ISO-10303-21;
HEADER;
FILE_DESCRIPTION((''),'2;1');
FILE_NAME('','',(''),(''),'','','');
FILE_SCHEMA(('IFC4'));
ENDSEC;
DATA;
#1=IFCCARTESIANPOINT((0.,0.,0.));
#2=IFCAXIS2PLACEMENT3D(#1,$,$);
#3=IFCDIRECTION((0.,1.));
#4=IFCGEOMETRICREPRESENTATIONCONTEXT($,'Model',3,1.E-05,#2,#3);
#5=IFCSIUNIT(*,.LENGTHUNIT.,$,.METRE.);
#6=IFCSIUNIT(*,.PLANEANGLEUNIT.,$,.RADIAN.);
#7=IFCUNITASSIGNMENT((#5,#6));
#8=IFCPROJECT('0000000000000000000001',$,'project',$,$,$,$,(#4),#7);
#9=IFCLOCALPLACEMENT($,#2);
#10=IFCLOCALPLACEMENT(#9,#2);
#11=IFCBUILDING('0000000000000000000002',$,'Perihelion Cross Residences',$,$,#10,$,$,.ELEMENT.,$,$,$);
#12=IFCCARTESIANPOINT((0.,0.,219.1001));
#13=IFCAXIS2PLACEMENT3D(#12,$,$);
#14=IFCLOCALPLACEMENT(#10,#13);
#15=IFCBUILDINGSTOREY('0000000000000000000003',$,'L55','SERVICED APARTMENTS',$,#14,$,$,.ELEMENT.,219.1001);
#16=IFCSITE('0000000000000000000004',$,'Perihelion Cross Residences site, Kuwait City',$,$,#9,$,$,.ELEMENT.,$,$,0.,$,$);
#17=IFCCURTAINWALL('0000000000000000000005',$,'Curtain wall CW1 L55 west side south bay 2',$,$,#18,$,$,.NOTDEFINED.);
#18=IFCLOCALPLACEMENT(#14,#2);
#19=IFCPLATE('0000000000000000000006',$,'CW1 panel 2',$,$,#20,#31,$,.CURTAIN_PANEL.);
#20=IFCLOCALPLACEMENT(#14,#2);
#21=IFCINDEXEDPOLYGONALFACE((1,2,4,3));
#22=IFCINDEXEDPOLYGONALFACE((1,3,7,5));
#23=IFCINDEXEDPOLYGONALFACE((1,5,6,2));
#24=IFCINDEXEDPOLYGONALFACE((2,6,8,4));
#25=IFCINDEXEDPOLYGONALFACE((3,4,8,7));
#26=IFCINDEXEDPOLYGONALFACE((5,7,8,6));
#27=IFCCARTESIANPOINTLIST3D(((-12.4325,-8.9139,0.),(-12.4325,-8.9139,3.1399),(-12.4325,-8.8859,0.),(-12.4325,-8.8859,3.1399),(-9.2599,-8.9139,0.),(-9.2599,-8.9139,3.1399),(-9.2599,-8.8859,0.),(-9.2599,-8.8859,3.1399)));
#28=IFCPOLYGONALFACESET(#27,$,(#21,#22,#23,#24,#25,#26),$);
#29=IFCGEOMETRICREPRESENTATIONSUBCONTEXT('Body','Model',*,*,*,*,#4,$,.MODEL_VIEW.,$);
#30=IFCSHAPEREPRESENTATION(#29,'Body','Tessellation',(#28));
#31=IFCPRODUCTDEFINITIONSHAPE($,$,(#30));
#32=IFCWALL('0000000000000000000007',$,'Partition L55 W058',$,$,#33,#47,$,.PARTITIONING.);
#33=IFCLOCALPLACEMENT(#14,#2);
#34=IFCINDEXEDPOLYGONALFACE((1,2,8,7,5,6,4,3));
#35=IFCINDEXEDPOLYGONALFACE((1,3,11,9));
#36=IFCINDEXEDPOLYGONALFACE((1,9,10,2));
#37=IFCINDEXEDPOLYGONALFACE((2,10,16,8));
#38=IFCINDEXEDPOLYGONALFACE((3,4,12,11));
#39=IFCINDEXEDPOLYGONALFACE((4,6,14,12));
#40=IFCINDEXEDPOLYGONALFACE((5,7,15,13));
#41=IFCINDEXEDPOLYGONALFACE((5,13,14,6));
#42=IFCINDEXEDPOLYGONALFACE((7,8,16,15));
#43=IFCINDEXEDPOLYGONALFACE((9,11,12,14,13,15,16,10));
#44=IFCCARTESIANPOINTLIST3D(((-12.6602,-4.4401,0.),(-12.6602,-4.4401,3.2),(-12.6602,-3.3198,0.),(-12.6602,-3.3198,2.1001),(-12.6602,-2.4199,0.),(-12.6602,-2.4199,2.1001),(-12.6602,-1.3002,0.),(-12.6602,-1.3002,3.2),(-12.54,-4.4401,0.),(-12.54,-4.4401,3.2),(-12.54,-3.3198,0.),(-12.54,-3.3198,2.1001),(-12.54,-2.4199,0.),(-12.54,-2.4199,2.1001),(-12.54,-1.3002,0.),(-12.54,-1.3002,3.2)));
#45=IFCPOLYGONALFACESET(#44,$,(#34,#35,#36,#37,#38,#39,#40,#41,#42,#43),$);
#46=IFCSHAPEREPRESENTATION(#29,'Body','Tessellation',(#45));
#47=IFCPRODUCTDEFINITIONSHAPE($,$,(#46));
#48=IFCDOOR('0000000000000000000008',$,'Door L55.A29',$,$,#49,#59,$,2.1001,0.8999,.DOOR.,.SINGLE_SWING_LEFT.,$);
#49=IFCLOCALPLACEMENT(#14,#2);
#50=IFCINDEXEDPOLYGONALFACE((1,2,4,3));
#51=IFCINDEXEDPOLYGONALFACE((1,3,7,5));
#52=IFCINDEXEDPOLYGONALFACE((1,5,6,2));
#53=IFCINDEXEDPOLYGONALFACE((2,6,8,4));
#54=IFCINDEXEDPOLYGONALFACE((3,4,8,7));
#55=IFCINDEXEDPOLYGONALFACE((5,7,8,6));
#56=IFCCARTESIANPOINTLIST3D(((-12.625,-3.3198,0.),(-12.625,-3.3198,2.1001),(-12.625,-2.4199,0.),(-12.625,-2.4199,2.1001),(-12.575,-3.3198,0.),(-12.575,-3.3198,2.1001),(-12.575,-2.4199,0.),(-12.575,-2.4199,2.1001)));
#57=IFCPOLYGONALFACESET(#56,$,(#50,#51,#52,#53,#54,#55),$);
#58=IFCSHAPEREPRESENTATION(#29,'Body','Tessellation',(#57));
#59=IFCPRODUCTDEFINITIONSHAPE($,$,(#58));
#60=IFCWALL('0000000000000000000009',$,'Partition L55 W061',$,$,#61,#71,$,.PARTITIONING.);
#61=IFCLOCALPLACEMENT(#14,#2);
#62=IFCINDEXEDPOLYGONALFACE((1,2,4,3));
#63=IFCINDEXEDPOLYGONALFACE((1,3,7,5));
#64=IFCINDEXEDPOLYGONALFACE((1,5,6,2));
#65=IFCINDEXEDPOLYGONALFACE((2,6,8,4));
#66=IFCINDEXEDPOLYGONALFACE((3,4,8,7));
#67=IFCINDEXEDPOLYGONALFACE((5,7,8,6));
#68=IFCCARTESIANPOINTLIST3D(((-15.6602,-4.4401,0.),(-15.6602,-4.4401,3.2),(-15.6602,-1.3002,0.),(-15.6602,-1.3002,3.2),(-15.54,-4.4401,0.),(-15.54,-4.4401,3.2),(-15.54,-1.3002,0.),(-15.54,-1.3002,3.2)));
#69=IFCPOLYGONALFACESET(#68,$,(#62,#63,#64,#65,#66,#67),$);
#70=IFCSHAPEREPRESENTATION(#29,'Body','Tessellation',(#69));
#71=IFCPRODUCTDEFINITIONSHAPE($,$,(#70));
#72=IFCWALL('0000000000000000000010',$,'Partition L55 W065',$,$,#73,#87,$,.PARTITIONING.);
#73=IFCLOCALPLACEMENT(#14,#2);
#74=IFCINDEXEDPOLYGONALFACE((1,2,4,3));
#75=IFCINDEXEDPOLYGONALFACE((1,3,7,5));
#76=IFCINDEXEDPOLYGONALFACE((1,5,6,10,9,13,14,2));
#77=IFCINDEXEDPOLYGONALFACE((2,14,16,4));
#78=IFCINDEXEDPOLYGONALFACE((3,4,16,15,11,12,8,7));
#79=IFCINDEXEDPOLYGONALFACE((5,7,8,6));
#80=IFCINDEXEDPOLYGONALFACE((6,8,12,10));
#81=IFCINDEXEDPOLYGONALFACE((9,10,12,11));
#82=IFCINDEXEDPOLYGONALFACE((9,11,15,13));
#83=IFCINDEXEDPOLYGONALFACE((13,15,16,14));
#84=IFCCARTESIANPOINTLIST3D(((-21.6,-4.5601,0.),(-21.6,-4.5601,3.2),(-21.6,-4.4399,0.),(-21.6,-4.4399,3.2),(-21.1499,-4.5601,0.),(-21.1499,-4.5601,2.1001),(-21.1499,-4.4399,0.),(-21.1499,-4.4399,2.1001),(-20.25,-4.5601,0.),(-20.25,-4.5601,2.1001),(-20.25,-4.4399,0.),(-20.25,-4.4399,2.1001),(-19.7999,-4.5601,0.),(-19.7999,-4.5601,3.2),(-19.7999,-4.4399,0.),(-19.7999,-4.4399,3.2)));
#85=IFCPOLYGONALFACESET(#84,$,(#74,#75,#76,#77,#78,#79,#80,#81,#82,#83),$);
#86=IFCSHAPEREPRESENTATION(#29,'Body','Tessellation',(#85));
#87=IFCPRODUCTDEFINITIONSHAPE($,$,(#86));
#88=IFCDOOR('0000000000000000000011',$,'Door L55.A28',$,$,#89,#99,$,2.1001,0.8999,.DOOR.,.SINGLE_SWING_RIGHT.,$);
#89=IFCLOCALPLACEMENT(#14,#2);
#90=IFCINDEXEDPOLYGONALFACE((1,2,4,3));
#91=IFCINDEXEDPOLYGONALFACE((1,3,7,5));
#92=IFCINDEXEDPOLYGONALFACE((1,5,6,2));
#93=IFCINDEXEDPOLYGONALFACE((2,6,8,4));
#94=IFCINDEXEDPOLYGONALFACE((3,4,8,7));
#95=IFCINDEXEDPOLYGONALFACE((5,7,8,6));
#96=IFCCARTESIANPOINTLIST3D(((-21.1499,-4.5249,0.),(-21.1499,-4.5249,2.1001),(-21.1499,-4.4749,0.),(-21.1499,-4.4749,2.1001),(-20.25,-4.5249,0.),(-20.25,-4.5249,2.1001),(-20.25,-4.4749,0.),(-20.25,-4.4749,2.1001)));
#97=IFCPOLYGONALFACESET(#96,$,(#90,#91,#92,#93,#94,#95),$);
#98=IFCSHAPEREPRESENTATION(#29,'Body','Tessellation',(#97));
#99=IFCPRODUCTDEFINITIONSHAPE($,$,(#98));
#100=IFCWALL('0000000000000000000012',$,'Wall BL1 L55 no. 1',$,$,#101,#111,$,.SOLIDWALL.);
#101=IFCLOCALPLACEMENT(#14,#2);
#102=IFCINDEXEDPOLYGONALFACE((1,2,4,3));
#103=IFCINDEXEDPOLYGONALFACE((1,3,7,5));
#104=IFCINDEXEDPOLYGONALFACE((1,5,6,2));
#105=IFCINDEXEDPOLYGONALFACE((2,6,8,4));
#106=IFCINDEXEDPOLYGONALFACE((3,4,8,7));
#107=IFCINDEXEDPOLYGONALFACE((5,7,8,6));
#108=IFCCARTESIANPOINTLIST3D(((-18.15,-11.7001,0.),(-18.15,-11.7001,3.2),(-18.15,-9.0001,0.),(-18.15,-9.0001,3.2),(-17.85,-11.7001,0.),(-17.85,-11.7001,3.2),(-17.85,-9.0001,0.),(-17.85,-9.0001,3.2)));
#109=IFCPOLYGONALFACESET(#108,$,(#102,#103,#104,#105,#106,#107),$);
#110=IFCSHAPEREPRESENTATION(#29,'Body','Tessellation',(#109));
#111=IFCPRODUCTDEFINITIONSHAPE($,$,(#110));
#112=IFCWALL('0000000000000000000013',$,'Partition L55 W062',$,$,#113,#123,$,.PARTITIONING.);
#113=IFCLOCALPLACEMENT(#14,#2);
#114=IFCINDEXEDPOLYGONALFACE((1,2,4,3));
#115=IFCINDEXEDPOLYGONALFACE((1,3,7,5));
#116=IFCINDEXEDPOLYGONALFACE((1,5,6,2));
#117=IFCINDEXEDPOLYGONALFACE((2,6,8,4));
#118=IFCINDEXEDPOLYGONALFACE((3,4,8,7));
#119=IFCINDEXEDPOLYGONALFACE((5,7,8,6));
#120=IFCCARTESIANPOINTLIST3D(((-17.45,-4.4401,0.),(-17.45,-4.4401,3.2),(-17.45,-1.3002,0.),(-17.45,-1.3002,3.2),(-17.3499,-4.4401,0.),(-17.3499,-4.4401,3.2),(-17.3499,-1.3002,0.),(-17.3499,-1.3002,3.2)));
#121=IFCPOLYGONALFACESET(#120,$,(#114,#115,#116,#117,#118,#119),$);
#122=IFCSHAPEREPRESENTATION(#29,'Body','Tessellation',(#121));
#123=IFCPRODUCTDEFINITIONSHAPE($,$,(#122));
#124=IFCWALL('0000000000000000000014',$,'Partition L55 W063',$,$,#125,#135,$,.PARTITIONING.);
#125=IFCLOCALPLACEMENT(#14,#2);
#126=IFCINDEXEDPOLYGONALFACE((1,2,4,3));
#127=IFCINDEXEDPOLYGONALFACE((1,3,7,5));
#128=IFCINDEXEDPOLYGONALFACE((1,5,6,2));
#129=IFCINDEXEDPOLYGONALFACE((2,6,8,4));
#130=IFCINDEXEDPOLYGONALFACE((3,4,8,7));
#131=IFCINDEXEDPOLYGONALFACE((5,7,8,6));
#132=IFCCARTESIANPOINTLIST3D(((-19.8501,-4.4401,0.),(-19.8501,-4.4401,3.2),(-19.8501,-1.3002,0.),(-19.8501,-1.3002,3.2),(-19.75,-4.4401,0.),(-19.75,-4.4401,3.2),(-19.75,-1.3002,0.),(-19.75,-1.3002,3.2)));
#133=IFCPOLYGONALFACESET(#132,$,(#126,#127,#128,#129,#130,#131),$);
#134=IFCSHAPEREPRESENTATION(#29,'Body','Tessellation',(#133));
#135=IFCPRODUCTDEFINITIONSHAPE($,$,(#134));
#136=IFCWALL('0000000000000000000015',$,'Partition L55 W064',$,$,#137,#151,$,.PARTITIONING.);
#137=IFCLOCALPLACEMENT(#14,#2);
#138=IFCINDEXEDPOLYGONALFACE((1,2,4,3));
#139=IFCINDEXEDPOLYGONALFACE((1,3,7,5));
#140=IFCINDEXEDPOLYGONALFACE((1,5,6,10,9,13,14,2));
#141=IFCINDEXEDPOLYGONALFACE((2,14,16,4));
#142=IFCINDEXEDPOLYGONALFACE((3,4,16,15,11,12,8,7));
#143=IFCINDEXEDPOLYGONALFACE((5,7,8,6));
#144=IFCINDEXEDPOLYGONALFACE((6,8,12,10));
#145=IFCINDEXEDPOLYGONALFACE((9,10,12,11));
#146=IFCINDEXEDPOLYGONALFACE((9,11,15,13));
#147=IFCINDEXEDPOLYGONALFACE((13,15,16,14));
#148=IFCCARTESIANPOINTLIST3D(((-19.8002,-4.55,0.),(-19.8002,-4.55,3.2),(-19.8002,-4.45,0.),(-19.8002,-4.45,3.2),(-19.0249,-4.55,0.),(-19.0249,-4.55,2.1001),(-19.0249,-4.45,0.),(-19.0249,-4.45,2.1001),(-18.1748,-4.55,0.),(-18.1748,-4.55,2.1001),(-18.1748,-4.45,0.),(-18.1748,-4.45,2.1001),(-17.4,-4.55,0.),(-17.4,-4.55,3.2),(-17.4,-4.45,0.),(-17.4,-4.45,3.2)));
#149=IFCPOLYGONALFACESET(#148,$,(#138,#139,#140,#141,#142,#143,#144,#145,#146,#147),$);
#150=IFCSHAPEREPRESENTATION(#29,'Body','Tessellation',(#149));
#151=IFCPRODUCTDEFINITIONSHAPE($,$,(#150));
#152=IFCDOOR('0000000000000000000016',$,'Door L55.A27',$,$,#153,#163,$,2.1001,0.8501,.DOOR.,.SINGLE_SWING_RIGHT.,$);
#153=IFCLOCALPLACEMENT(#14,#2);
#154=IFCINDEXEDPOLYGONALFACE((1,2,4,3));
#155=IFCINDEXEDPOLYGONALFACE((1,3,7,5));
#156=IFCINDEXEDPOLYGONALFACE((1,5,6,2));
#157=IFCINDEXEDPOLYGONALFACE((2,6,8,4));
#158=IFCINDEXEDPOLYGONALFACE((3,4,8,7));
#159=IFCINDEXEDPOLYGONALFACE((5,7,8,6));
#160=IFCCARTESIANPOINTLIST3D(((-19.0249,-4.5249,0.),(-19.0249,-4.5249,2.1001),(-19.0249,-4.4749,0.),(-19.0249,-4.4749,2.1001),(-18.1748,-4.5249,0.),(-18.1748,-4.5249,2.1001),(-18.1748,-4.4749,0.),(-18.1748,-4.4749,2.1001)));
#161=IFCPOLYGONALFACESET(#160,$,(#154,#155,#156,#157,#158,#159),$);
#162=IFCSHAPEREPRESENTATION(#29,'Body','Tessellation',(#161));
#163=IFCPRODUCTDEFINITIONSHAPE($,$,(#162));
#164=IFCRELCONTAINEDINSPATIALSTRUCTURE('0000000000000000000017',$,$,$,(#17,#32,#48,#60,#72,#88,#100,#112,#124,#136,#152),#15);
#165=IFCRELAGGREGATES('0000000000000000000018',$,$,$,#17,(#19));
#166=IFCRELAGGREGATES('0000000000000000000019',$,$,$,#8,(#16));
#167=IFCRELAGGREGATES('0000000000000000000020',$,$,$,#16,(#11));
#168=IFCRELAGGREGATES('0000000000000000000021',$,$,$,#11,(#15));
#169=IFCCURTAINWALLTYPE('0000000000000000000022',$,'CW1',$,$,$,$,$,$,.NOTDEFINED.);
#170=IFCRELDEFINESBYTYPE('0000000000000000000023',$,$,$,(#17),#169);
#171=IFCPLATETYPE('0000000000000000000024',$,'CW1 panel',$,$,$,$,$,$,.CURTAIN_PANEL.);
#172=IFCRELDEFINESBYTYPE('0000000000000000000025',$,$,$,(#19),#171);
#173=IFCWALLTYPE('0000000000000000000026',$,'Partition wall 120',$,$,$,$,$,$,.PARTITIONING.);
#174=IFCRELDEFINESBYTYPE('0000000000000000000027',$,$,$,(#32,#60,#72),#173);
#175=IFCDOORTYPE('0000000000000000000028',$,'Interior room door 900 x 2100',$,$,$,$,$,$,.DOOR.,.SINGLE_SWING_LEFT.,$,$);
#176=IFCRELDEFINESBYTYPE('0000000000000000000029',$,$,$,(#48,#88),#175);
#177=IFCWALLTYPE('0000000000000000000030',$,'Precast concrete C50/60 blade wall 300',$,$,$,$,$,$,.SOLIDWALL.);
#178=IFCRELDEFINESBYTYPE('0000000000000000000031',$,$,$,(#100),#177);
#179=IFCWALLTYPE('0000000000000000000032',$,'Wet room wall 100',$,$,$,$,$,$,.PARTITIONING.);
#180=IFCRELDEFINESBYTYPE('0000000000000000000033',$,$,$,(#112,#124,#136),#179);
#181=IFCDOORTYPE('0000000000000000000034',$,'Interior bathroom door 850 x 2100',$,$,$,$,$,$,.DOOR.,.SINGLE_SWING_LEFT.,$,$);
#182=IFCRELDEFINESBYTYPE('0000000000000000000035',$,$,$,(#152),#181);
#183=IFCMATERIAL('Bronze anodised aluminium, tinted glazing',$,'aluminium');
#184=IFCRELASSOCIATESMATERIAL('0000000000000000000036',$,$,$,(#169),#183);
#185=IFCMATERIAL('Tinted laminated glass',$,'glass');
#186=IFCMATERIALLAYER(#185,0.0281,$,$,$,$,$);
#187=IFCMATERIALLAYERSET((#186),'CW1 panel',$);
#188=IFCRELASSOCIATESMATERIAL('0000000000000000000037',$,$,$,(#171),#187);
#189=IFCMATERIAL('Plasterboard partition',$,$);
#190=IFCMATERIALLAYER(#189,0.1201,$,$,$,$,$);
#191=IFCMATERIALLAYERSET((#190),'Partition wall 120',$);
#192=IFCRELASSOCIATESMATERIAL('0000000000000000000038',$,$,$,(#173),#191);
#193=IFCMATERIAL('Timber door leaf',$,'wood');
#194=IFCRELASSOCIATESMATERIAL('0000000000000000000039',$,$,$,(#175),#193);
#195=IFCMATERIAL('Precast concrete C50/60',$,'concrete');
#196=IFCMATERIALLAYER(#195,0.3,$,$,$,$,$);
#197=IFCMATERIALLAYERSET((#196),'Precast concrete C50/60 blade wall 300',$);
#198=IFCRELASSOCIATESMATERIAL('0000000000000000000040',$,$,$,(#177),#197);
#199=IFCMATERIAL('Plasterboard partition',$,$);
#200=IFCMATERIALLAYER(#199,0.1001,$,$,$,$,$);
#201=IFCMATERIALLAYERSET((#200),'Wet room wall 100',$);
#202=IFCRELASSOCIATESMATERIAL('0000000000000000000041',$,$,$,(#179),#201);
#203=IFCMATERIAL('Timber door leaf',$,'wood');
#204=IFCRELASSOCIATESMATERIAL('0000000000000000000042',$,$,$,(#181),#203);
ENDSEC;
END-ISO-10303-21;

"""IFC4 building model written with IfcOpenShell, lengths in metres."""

from ifc_helpers import new_model, si_unit, direction, frame, frame_2d, origin, origin_2d, place, context, subcontext, project, spatial, rectangle, extrude, material, layer, layer_set, type_object, element, fill, aggregate, save


model = new_model("IFC4")

# Units and contexts
model_context = context("Model", 3, precision=1e-05, world=origin(), true_north=direction((0.0, 1.0)))
body_context = subcontext(model_context, "Body", "Model", "MODEL_VIEW")
ifc_project = project(units=[si_unit("LENGTHUNIT", "METRE"), si_unit("PLANEANGLEUNIT", "RADIAN")], contexts=[model_context])

# Site, building, storey
site_placement = place(None, origin())
site = spatial("IfcSite", under=ifc_project, at=site_placement, Name="Perihelion Cross Residences site, Kuwait City", CompositionType="ELEMENT", RefElevation=0.0)
building_placement = place(site_placement, origin())
building = spatial("IfcBuilding", under=site, at=building_placement, Name="Perihelion Cross Residences", CompositionType="ELEMENT")
storey_placement = place(building_placement, frame((0.0, 0.0, 219.1001)))
storey = spatial("IfcBuildingStorey", under=building, at=storey_placement, Name="L55", Description="SERVICED APARTMENTS", CompositionType="ELEMENT", Elevation=219.1001)

# Curtain wall
ifc_material_1 = material(Name="Bronze anodised aluminium, tinted glazing", Category="aluminium")
curtain_wall_type = type_object("IfcCurtainWallType", Name="CW1", PredefinedType="NOTDEFINED", material=ifc_material_1)
curtain_wall_placement = place(storey_placement, origin())
curtain_wall = element("IfcCurtainWall", 1, at=curtain_wall_placement, inside=storey, type_object=curtain_wall_type, Name="Curtain wall CW1 L55 west side south bay 2", PredefinedType="NOTDEFINED")

# Plate
ifc_material_2 = material(Name="Tinted laminated glass", Category="glass")
ifc_layer_1 = layer(ifc_material_2, 0.0281)
ifc_layer_set_1 = layer_set([ifc_layer_1], Name="CW1 panel")
plate_type = type_object("IfcPlateType", Name="CW1 panel", PredefinedType="CURTAIN_PANEL", material=ifc_layer_set_1)
plate_1_placement = place(storey_placement, frame((-10.8462, -8.8999, 0.0), z_axis=(0.0, 0.0, 1.0), x_axis=(1.0, 0.0, 0.0)))
plate_1 = element("IfcPlate", 2, at=plate_1_placement, type_object=plate_type, Name="CW1 panel 2", PredefinedType="CURTAIN_PANEL", context=body_context, shape_type="SweptSolid", body=[
    extrude(rectangle(XDim=3.1726, YDim=0.0281, at=origin_2d()), origin(), (0.0, 0.0, 1.0), 3.1399),
])
aggregate(curtain_wall, [plate_1])

# Wall, opening, door
ifc_material_3 = material(Name="Plasterboard partition")
ifc_layer_2 = layer(ifc_material_3, 0.1201)
ifc_layer_set_2 = layer_set([ifc_layer_2], Name="Partition wall 120")
wall_type_1 = type_object("IfcWallType", Name="Partition wall 120", PredefinedType="PARTITIONING", material=ifc_layer_set_2)
wall_1_placement = place(storey_placement, frame((-12.6001, -4.4399, 0.0), z_axis=(0.0, 0.0, 1.0), x_axis=(0.0, 1.0, 0.0)))
wall_1 = element("IfcWall", 3, at=wall_1_placement, inside=storey, type_object=wall_type_1, Name="Partition L55 W058", PredefinedType="PARTITIONING", context=body_context, shape_type="SweptSolid", body=[
    extrude(rectangle(XDim=3.1399, YDim=0.1201, at=frame_2d((1.5698, 0.0))), origin(), (0.0, 0.0, 1.0), 3.2),
])
opening_1_placement = place(wall_1_placement, frame((1.1201, 0.0, 0.0)))
opening_1 = element("IfcOpeningElement", 4, at=opening_1_placement, cuts=wall_1, PredefinedType="OPENING", context=body_context, shape_type="SweptSolid", body=[
    extrude(rectangle(XDim=0.8999, YDim=2.1001, at=frame_2d((0.45, 1.05))), frame((0.0, 0.0701, 0.0), z_axis=(0.0, -1.0, 0.0), x_axis=(1.0, 0.0, 0.0)), (0.0, 0.0, 1.0), 0.1401),
])
ifc_material_4 = material(Name="Timber door leaf", Category="wood")
door_type_1 = type_object("IfcDoorType", Name="Interior room door 900 x 2100", OperationType="SINGLE_SWING_LEFT", PredefinedType="DOOR", material=ifc_material_4)
door_1_placement = place(opening_1_placement, origin())
door_1 = element("IfcDoor", 5, at=door_1_placement, inside=storey, type_object=door_type_1, Name="Door L55.A29", OperationType="SINGLE_SWING_LEFT", OverallHeight=2.1001, OverallWidth=0.8999, PredefinedType="DOOR", context=body_context, shape_type="SweptSolid", body=[
    extrude(rectangle(XDim=0.8999, YDim=2.1001, at=frame_2d((0.45, 1.05))), frame((0.0, 0.0249, 0.0), z_axis=(0.0, -1.0, 0.0), x_axis=(1.0, 0.0, 0.0)), (0.0, 0.0, 1.0), 0.05),
])
fill(opening_1, door_1)

# Wall
wall_2_placement = place(storey_placement, frame((-15.6001, -4.4399, 0.0), z_axis=(0.0, 0.0, 1.0), x_axis=(0.0, 1.0, 0.0)))
element("IfcWall", 6, at=wall_2_placement, inside=storey, type_object=wall_type_1, Name="Partition L55 W061", PredefinedType="PARTITIONING", context=body_context, shape_type="SweptSolid", body=[
    extrude(rectangle(XDim=3.1399, YDim=0.1201, at=frame_2d((1.5698, 0.0))), origin(), (0.0, 0.0, 1.0), 3.2),
])

# Wall, opening, door
wall_3_placement = place(storey_placement, frame((-19.8, -4.5, 0.0), z_axis=(0.0, 0.0, 1.0), x_axis=(-1.0, 0.0, 0.0)))
wall_3 = element("IfcWall", 7, at=wall_3_placement, inside=storey, type_object=wall_type_1, Name="Partition L55 W065", PredefinedType="PARTITIONING", context=body_context, shape_type="SweptSolid", body=[
    extrude(rectangle(XDim=1.8, YDim=0.1201, at=frame_2d((0.8999, 0.0))), origin(), (0.0, 0.0, 1.0), 3.2),
])
opening_2_placement = place(wall_3_placement, frame((0.45, 0.0, 0.0)))
opening_2 = element("IfcOpeningElement", 8, at=opening_2_placement, cuts=wall_3, PredefinedType="OPENING", context=body_context, shape_type="SweptSolid", body=[
    extrude(rectangle(XDim=0.8999, YDim=2.1001, at=frame_2d((0.45, 1.05))), frame((0.0, 0.0701, 0.0), z_axis=(0.0, -1.0, 0.0), x_axis=(1.0, 0.0, 0.0)), (0.0, 0.0, 1.0), 0.1401),
])
door_2_placement = place(opening_2_placement, origin())
door_2 = element("IfcDoor", 9, at=door_2_placement, inside=storey, type_object=door_type_1, Name="Door L55.A28", OperationType="SINGLE_SWING_RIGHT", OverallHeight=2.1001, OverallWidth=0.8999, PredefinedType="DOOR", context=body_context, shape_type="SweptSolid", body=[
    extrude(rectangle(XDim=0.8999, YDim=2.1001, at=frame_2d((0.45, 1.05))), frame((0.0, 0.0249, 0.0), z_axis=(0.0, -1.0, 0.0), x_axis=(1.0, 0.0, 0.0)), (0.0, 0.0, 1.0), 0.05),
])
fill(opening_2, door_2)

# Walls
ifc_material_5 = material(Name="Precast concrete C50/60", Category="concrete")
ifc_layer_3 = layer(ifc_material_5, 0.3)
ifc_layer_set_3 = layer_set([ifc_layer_3], Name="Precast concrete C50/60 blade wall 300")
wall_type_2 = type_object("IfcWallType", Name="Precast concrete C50/60 blade wall 300", PredefinedType="SOLIDWALL", material=ifc_layer_set_3)
wall_4_placement = place(storey_placement, frame((-18.0, -9.0, 0.0), z_axis=(0.0, 0.0, 1.0), x_axis=(0.0, -1.0, 0.0)))
element("IfcWall", 10, at=wall_4_placement, inside=storey, type_object=wall_type_2, Name="Wall BL1 L55 no. 1", PredefinedType="SOLIDWALL", context=body_context, shape_type="SweptSolid", body=[
    extrude(rectangle(XDim=2.7, YDim=0.3, at=frame_2d((1.3501, 0.0))), origin(), (0.0, 0.0, 1.0), 3.2),
])
ifc_material_6 = material(Name="Plasterboard partition")
ifc_layer_4 = layer(ifc_material_6, 0.1001)
ifc_layer_set_4 = layer_set([ifc_layer_4], Name="Wet room wall 100")
wall_type_3 = type_object("IfcWallType", Name="Wet room wall 100", PredefinedType="PARTITIONING", material=ifc_layer_set_4)
for number, where, z_axis, x_axis, name in (
    (11, (-17.3999, -4.4399, 0.0), (0.0, 0.0, 1.0), (0.0, 1.0, 0.0), "Partition L55 W062"),
    (12, (-19.8, -4.4399, 0.0), (0.0, 0.0, 1.0), (0.0, 1.0, 0.0), "Partition L55 W063"),
):
    element("IfcWall", number, at=place(storey_placement, frame(where, z_axis=z_axis, x_axis=x_axis)), inside=storey, type_object=wall_type_3, Name=name, PredefinedType="PARTITIONING", context=body_context, shape_type="SweptSolid", body=[
        extrude(rectangle(XDim=3.1399, YDim=0.1001, at=frame_2d((1.5698, 0.0))), origin(), (0.0, 0.0, 1.0), 3.2),
    ])

# Wall, opening, door
wall_5_placement = place(storey_placement, frame((-17.3999, -4.5, 0.0), z_axis=(0.0, 0.0, 1.0), x_axis=(-1.0, 0.0, 0.0)))
wall_5 = element("IfcWall", 13, at=wall_5_placement, inside=storey, type_object=wall_type_3, Name="Partition L55 W064", PredefinedType="PARTITIONING", context=body_context, shape_type="SweptSolid", body=[
    extrude(rectangle(XDim=2.4001, YDim=0.1001, at=frame_2d((1.2002, 0.0))), origin(), (0.0, 0.0, 1.0), 3.2),
])
opening_3_placement = place(wall_5_placement, frame((0.7749, 0.0, 0.0)))
opening_3 = element("IfcOpeningElement", 14, at=opening_3_placement, cuts=wall_5, PredefinedType="OPENING", context=body_context, shape_type="SweptSolid", body=[
    extrude(rectangle(XDim=0.8501, YDim=2.1001, at=frame_2d((0.425, 1.05))), frame((0.0, 0.0601, 0.0), z_axis=(0.0, -1.0, 0.0), x_axis=(1.0, 0.0, 0.0)), (0.0, 0.0, 1.0), 0.1201),
])
ifc_material_7 = material(Name="Timber door leaf", Category="wood")
door_type_2 = type_object("IfcDoorType", Name="Interior bathroom door 850 x 2100", OperationType="SINGLE_SWING_LEFT", PredefinedType="DOOR", material=ifc_material_7)
door_3_placement = place(opening_3_placement, origin())
door_3 = element("IfcDoor", 15, at=door_3_placement, inside=storey, type_object=door_type_2, Name="Door L55.A27", OperationType="SINGLE_SWING_RIGHT", OverallHeight=2.1001, OverallWidth=0.8501, PredefinedType="DOOR", context=body_context, shape_type="SweptSolid", body=[
    extrude(rectangle(XDim=0.8501, YDim=2.1001, at=frame_2d((0.425, 1.05))), frame((0.0, 0.0249, 0.0), z_axis=(0.0, -1.0, 0.0), x_axis=(1.0, 0.0, 0.0)), (0.0, 0.0, 1.0), 0.05),
])
fill(opening_3, door_3)

save(model, "model.ifc")
